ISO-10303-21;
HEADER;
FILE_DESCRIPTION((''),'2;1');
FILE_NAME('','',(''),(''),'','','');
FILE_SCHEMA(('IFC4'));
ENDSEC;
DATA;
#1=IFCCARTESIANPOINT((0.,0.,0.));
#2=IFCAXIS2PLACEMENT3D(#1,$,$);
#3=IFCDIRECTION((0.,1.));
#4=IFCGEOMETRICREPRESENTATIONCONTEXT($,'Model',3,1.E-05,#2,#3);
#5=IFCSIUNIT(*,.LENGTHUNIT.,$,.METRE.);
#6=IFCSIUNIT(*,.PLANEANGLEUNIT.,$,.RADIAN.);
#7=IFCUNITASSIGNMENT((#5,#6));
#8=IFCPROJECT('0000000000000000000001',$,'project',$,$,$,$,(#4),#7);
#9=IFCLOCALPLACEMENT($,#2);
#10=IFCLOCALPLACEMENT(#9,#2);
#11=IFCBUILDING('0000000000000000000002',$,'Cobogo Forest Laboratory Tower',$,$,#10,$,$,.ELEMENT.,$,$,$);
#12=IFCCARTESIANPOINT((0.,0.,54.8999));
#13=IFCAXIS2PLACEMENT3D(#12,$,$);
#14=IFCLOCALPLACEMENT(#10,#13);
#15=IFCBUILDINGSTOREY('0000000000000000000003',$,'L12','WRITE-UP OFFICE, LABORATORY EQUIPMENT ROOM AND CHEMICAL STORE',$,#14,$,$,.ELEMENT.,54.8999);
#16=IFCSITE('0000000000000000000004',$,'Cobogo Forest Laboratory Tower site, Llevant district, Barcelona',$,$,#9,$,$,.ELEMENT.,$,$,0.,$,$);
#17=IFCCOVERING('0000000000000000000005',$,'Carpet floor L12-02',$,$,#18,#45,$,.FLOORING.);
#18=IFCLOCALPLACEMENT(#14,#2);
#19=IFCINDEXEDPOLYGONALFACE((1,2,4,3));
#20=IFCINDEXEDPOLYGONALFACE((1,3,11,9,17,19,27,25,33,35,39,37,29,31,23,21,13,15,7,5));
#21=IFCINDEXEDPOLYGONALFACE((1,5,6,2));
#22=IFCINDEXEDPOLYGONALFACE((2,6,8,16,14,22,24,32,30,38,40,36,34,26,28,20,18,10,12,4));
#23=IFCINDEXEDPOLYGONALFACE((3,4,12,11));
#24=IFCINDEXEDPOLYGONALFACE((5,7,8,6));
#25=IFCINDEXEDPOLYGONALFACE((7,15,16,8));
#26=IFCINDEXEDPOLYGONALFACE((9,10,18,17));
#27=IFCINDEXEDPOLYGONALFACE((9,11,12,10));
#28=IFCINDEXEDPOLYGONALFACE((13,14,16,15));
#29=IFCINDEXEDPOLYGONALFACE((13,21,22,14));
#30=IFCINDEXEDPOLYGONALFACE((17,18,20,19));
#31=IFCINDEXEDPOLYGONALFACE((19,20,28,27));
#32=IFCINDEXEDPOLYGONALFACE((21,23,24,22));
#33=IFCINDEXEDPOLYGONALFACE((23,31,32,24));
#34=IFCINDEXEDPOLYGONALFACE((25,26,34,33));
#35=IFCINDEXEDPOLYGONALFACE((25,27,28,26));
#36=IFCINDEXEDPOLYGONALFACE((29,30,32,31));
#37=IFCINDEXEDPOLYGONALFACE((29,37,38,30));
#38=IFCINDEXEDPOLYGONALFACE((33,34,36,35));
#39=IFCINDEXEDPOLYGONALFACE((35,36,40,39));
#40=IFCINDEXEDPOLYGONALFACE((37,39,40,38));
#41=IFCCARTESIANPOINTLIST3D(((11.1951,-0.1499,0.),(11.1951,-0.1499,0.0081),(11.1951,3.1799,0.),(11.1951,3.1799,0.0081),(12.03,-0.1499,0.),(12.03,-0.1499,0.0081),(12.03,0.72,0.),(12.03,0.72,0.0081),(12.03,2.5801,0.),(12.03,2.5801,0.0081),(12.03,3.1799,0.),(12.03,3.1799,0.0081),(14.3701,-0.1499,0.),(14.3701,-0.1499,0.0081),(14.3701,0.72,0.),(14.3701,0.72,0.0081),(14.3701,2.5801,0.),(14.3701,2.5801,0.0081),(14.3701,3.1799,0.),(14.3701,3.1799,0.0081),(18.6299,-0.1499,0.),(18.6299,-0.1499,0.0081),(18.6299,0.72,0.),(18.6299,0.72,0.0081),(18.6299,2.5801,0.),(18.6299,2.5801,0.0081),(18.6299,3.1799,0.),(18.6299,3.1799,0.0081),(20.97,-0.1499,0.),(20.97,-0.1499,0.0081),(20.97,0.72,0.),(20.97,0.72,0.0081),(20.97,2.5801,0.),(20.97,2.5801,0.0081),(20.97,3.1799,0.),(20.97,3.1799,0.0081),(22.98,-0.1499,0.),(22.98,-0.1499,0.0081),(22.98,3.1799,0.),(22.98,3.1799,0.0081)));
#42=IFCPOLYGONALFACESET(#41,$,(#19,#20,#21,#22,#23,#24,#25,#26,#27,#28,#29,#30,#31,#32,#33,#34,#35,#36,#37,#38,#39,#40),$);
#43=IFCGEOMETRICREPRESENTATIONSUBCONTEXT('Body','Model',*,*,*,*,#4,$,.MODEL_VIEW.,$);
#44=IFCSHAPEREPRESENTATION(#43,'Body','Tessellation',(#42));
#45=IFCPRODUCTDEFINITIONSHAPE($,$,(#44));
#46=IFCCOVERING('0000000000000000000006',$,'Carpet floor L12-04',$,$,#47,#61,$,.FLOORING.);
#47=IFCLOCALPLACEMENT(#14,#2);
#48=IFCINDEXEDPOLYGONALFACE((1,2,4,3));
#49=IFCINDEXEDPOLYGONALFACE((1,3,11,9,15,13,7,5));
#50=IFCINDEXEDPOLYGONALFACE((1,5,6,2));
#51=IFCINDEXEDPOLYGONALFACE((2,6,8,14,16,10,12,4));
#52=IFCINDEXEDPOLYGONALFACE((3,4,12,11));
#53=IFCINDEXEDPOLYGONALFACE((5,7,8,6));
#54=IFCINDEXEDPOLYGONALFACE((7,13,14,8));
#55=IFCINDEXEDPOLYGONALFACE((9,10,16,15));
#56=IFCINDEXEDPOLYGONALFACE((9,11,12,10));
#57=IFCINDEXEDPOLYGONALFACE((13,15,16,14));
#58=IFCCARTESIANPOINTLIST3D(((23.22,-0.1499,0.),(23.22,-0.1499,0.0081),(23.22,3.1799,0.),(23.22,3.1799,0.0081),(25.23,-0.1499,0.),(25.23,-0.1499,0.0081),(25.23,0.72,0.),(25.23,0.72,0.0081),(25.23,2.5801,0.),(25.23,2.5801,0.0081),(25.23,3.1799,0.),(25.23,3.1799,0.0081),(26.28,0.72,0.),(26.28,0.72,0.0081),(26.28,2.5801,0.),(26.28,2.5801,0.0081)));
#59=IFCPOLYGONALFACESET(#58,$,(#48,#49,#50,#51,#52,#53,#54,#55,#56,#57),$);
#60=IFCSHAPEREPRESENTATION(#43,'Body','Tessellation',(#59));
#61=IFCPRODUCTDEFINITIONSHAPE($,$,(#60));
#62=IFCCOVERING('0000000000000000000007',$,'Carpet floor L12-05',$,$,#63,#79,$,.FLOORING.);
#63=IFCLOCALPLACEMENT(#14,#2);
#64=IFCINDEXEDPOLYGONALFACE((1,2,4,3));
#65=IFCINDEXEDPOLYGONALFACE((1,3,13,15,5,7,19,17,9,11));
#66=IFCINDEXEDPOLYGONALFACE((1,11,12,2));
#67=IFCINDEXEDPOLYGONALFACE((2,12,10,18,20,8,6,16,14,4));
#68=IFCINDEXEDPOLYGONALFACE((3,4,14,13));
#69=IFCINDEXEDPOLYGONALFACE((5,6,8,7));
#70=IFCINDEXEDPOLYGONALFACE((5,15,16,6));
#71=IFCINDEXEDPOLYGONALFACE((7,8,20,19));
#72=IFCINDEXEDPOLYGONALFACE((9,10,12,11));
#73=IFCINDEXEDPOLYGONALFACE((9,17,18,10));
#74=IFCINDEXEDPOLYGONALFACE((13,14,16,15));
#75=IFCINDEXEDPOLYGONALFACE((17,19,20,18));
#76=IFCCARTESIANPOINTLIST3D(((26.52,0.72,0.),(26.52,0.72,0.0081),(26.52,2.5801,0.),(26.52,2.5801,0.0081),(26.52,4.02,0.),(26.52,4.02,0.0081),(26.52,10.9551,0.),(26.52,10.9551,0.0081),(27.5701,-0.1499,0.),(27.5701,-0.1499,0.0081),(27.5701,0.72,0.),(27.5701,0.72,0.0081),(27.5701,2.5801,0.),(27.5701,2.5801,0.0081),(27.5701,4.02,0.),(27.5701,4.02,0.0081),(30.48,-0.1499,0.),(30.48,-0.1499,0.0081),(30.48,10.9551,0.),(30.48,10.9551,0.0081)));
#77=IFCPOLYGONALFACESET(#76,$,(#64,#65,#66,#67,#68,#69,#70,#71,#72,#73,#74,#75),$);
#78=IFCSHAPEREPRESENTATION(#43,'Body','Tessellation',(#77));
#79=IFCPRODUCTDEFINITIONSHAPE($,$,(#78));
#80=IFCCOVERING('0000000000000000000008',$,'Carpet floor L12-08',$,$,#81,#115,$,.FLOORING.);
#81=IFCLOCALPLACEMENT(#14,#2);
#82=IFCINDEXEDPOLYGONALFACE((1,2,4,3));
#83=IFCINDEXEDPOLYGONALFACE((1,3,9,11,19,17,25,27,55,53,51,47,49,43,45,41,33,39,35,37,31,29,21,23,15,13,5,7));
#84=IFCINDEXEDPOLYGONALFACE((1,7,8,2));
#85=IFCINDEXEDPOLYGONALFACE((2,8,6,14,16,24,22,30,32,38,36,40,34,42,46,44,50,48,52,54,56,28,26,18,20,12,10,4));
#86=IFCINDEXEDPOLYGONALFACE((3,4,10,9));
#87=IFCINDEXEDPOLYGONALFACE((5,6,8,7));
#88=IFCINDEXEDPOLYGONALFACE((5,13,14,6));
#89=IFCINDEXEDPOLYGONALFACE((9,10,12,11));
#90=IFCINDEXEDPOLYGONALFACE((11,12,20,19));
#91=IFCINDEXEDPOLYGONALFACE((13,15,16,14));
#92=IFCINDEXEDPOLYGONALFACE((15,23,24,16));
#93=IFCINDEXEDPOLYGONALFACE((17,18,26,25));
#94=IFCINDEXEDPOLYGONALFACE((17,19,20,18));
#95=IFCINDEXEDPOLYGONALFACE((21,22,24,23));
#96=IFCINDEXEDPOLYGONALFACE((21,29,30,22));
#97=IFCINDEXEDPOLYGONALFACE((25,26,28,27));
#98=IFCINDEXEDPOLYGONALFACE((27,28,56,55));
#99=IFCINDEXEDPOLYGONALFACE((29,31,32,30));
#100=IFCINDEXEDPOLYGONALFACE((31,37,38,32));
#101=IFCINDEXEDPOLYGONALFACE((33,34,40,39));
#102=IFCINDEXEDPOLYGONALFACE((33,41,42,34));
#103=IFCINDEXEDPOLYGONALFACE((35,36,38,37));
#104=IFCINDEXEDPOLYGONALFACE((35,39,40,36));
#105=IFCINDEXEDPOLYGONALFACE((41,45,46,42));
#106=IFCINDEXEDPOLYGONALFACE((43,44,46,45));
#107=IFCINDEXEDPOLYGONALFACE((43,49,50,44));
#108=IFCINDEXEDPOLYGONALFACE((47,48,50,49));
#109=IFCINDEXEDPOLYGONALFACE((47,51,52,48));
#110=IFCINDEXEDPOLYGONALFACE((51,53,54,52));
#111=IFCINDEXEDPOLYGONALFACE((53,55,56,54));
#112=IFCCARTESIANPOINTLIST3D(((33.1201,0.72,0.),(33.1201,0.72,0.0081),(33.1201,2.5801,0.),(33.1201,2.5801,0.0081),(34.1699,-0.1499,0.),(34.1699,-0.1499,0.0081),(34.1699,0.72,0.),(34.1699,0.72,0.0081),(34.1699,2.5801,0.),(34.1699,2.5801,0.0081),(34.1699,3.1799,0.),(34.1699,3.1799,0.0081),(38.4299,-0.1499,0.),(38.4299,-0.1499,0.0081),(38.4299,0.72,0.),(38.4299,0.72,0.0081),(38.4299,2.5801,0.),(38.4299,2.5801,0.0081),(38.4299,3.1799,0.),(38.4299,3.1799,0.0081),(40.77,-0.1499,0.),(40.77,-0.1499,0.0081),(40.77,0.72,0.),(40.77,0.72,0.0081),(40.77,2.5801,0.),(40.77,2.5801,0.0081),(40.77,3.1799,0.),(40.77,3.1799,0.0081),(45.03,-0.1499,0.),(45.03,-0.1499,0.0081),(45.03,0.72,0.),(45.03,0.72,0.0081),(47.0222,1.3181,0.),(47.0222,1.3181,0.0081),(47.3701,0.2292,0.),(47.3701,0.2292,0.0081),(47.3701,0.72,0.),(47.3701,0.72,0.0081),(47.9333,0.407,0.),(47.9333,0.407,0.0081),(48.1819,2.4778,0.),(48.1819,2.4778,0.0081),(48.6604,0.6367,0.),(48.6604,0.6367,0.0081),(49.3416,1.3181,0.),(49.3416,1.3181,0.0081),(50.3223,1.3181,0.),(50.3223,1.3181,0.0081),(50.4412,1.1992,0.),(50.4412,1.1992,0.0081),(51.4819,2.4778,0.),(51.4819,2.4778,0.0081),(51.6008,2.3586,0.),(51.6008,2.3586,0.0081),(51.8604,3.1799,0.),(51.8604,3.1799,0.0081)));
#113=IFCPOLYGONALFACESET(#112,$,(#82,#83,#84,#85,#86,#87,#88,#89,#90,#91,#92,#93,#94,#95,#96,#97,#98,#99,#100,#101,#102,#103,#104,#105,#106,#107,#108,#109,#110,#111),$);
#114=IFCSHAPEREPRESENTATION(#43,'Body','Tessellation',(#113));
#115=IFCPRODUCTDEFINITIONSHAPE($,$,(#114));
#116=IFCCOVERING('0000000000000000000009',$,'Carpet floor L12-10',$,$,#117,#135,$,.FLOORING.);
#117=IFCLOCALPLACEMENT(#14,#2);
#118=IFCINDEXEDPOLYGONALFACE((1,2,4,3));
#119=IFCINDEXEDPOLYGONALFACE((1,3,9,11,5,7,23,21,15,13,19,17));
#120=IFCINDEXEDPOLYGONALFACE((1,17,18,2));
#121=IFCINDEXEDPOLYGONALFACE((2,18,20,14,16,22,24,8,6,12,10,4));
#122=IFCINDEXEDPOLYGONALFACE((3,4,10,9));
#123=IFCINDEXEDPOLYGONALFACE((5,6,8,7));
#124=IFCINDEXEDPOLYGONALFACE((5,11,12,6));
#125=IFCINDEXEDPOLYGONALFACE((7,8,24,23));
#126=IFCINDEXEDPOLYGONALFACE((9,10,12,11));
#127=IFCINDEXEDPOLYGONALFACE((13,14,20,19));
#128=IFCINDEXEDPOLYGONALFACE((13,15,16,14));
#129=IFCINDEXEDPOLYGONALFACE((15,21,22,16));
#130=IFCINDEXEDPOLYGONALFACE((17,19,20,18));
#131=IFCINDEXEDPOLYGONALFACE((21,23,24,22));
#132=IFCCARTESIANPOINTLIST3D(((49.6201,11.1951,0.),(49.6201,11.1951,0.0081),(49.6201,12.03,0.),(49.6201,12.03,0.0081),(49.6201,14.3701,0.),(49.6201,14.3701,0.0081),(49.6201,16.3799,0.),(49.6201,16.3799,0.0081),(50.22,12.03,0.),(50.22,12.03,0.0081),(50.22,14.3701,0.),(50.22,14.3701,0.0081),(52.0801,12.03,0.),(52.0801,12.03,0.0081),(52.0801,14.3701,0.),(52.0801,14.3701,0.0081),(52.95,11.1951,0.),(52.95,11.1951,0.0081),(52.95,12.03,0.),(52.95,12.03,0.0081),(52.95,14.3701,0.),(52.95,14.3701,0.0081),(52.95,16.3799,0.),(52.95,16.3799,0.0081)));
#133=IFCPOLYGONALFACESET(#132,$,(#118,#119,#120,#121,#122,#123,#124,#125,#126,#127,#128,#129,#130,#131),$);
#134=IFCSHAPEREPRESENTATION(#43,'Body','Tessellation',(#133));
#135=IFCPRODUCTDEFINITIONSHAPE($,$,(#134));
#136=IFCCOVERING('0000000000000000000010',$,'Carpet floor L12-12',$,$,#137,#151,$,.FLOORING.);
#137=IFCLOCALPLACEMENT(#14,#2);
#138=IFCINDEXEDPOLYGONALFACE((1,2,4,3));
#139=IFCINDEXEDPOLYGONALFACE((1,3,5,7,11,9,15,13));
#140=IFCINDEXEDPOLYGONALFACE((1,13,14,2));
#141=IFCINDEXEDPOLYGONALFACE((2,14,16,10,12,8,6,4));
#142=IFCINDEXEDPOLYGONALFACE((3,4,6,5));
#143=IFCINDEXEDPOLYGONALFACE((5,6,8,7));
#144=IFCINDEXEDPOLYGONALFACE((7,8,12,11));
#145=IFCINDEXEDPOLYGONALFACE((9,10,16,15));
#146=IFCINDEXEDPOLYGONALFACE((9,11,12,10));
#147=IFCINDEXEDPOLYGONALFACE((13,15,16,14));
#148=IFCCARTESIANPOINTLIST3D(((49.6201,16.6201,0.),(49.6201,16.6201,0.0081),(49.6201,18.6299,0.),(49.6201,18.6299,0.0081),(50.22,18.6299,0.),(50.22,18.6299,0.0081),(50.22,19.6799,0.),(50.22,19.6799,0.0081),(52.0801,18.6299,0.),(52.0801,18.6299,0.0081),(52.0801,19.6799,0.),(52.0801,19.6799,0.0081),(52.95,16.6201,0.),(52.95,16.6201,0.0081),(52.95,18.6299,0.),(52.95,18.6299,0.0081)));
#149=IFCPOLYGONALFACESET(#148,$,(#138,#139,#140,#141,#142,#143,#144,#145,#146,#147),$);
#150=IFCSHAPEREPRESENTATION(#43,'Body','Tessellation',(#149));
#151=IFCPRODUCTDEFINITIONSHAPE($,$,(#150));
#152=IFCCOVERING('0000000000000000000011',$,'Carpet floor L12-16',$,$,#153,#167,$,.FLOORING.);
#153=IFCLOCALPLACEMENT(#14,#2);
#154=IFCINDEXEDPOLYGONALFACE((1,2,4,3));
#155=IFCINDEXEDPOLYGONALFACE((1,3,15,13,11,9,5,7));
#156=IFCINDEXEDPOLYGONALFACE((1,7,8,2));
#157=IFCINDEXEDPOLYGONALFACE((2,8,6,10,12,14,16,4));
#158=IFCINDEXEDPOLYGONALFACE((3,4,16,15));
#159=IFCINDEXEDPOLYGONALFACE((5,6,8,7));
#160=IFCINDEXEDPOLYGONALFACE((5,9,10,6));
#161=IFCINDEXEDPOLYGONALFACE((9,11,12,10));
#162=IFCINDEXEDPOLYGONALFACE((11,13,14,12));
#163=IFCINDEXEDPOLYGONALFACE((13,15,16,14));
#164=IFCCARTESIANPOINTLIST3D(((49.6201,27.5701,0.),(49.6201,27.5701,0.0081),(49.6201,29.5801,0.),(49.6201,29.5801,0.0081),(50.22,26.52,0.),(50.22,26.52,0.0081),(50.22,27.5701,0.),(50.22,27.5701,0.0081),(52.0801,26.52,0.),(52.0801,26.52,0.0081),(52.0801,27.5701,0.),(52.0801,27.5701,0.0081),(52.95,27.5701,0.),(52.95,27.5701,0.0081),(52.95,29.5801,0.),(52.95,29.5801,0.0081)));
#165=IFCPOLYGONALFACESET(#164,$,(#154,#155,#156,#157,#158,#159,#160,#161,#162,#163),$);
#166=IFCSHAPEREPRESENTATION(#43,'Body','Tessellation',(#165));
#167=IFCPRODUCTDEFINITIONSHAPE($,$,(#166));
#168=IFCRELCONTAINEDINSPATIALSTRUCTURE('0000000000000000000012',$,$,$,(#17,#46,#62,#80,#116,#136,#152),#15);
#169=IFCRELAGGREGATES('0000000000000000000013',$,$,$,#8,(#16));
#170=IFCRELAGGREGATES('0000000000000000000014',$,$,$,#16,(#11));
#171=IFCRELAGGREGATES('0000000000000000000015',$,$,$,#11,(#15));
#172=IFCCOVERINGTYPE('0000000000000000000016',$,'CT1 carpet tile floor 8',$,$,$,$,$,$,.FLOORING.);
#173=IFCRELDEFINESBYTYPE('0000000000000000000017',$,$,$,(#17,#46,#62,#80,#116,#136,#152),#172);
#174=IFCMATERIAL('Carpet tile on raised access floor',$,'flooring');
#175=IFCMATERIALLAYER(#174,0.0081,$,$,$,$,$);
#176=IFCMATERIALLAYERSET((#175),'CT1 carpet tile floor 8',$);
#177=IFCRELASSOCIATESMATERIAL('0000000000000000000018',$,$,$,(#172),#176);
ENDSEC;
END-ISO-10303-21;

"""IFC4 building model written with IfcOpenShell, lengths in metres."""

from ifc_helpers import new_model, si_unit, direction, frame, origin, place, context, subcontext, project, spatial, polyline, outline, extrude, material, layer, layer_set, type_object, element, save


model = new_model("IFC4")

# Units and contexts
model_context = context("Model", 3, precision=1e-05, world=origin(), true_north=direction((0.0, 1.0)))
body_context = subcontext(model_context, "Body", "Model", "MODEL_VIEW")
ifc_project = project(units=[si_unit("LENGTHUNIT", "METRE"), si_unit("PLANEANGLEUNIT", "RADIAN")], contexts=[model_context])

# Site, building, storey
site_placement = place(None, origin())
site = spatial("IfcSite", under=ifc_project, at=site_placement, Name="Cobogo Forest Laboratory Tower site, Llevant district, Barcelona", CompositionType="ELEMENT", RefElevation=0.0)
building_placement = place(site_placement, origin())
building = spatial("IfcBuilding", under=site, at=building_placement, Name="Cobogo Forest Laboratory Tower", CompositionType="ELEMENT")
storey_placement = place(building_placement, frame((0.0, 0.0, 54.8999)))
storey = spatial("IfcBuildingStorey", under=building, at=storey_placement, Name="L12", Description="WRITE-UP OFFICE, LABORATORY EQUIPMENT ROOM AND CHEMICAL STORE", CompositionType="ELEMENT", Elevation=54.8999)

# Coverings
ifc_material_1 = material(Name="Carpet tile on raised access floor", Category="flooring")
ifc_layer_1 = layer(ifc_material_1, 0.0081)
ifc_layer_set_1 = layer_set([ifc_layer_1], Name="CT1 carpet tile floor 8")
covering_type_1 = type_object("IfcCoveringType", Name="CT1 carpet tile floor 8", PredefinedType="FLOORING", material=ifc_layer_set_1)
covering_1_placement = place(storey_placement, origin())
element("IfcCovering", 1, at=covering_1_placement, inside=storey, type_object=covering_type_1, Name="Carpet floor L12-02", PredefinedType="FLOORING", context=body_context, shape_type="SweptSolid", body=[
    extrude(outline(polyline([(12.03, 3.1799), (12.03, 2.5801), (14.3701, 2.5801), (14.3701, 3.1799), (18.6299, 3.1799), (18.6299, 2.5801), (20.97, 2.5801), (20.97, 3.1799), (22.98, 3.1799), (22.98, -0.1499), (20.97, -0.1499), (20.97, 0.72), (18.6299, 0.72), (18.6299, -0.1499), (14.3701, -0.1499), (14.3701, 0.72), (12.03, 0.72), (12.03, -0.1499), (11.1951, -0.1499), (11.1951, 3.1799), (12.03, 3.1799)])), origin(), (0.0, 0.0, 1.0), 0.0081),
])
covering_2_placement = place(storey_placement, origin())
element("IfcCovering", 2, at=covering_2_placement, inside=storey, type_object=covering_type_1, Name="Carpet floor L12-04", PredefinedType="FLOORING", context=body_context, shape_type="SweptSolid", body=[
    extrude(outline(polyline([(25.23, 3.1799), (25.23, 2.5801), (26.28, 2.5801), (26.28, 0.72), (25.23, 0.72), (25.23, -0.1499), (23.22, -0.1499), (23.22, 3.1799), (25.23, 3.1799)])), origin(), (0.0, 0.0, 1.0), 0.0081),
])
covering_3_placement = place(storey_placement, origin())
element("IfcCovering", 3, at=covering_3_placement, inside=storey, type_object=covering_type_1, Name="Carpet floor L12-05", PredefinedType="FLOORING", context=body_context, shape_type="SweptSolid", body=[
    extrude(outline(polyline([(30.48, 10.9551), (30.48, -0.1499), (27.5701, -0.1499), (27.5701, 0.72), (26.52, 0.72), (26.52, 2.5801), (27.5701, 2.5801), (27.5701, 4.02), (26.52, 4.02), (26.52, 10.9551), (30.48, 10.9551)])), origin(), (0.0, 0.0, 1.0), 0.0081),
])
covering_4_placement = place(storey_placement, origin())
element("IfcCovering", 4, at=covering_4_placement, inside=storey, type_object=covering_type_1, Name="Carpet floor L12-08", PredefinedType="FLOORING", context=body_context, shape_type="SweptSolid", body=[
    extrude(outline(polyline([(38.4299, 3.1799), (38.4299, 2.5801), (40.77, 2.5801), (40.77, 3.1799), (51.8604, 3.1799), (51.6008, 2.3586), (51.4819, 2.4778), (50.3223, 1.3181), (50.4412, 1.1992), (48.6604, 0.6367), (49.3416, 1.3181), (48.1819, 2.4778), (47.0222, 1.3181), (47.9333, 0.407), (47.3701, 0.2292), (47.3701, 0.72), (45.03, 0.72), (45.03, -0.1499), (40.77, -0.1499), (40.77, 0.72), (38.4299, 0.72), (38.4299, -0.1499), (34.1699, -0.1499), (34.1699, 0.72), (33.1201, 0.72), (33.1201, 2.5801), (34.1699, 2.5801), (34.1699, 3.1799), (38.4299, 3.1799)])), origin(), (0.0, 0.0, 1.0), 0.0081),
])
covering_5_placement = place(storey_placement, origin())
element("IfcCovering", 5, at=covering_5_placement, inside=storey, type_object=covering_type_1, Name="Carpet floor L12-10", PredefinedType="FLOORING", context=body_context, shape_type="SweptSolid", body=[
    extrude(outline(polyline([(49.6201, 12.03), (50.22, 12.03), (50.22, 14.3701), (49.6201, 14.3701), (49.6201, 16.3799), (52.95, 16.3799), (52.95, 14.3701), (52.0801, 14.3701), (52.0801, 12.03), (52.95, 12.03), (52.95, 11.1951), (49.6201, 11.1951), (49.6201, 12.03)])), origin(), (0.0, 0.0, 1.0), 0.0081),
])
covering_6_placement = place(storey_placement, origin())
element("IfcCovering", 6, at=covering_6_placement, inside=storey, type_object=covering_type_1, Name="Carpet floor L12-12", PredefinedType="FLOORING", context=body_context, shape_type="SweptSolid", body=[
    extrude(outline(polyline([(49.6201, 18.6299), (50.22, 18.6299), (50.22, 19.6799), (52.0801, 19.6799), (52.0801, 18.6299), (52.95, 18.6299), (52.95, 16.6201), (49.6201, 16.6201), (49.6201, 18.6299)])), origin(), (0.0, 0.0, 1.0), 0.0081),
])
covering_7_placement = place(storey_placement, origin())
element("IfcCovering", 7, at=covering_7_placement, inside=storey, type_object=covering_type_1, Name="Carpet floor L12-16", PredefinedType="FLOORING", context=body_context, shape_type="SweptSolid", body=[
    extrude(outline(polyline([(49.6201, 29.5801), (52.95, 29.5801), (52.95, 27.5701), (52.0801, 27.5701), (52.0801, 26.52), (50.22, 26.52), (50.22, 27.5701), (49.6201, 27.5701), (49.6201, 29.5801)])), origin(), (0.0, 0.0, 1.0), 0.0081),
])

save(model, "model.ifc")
